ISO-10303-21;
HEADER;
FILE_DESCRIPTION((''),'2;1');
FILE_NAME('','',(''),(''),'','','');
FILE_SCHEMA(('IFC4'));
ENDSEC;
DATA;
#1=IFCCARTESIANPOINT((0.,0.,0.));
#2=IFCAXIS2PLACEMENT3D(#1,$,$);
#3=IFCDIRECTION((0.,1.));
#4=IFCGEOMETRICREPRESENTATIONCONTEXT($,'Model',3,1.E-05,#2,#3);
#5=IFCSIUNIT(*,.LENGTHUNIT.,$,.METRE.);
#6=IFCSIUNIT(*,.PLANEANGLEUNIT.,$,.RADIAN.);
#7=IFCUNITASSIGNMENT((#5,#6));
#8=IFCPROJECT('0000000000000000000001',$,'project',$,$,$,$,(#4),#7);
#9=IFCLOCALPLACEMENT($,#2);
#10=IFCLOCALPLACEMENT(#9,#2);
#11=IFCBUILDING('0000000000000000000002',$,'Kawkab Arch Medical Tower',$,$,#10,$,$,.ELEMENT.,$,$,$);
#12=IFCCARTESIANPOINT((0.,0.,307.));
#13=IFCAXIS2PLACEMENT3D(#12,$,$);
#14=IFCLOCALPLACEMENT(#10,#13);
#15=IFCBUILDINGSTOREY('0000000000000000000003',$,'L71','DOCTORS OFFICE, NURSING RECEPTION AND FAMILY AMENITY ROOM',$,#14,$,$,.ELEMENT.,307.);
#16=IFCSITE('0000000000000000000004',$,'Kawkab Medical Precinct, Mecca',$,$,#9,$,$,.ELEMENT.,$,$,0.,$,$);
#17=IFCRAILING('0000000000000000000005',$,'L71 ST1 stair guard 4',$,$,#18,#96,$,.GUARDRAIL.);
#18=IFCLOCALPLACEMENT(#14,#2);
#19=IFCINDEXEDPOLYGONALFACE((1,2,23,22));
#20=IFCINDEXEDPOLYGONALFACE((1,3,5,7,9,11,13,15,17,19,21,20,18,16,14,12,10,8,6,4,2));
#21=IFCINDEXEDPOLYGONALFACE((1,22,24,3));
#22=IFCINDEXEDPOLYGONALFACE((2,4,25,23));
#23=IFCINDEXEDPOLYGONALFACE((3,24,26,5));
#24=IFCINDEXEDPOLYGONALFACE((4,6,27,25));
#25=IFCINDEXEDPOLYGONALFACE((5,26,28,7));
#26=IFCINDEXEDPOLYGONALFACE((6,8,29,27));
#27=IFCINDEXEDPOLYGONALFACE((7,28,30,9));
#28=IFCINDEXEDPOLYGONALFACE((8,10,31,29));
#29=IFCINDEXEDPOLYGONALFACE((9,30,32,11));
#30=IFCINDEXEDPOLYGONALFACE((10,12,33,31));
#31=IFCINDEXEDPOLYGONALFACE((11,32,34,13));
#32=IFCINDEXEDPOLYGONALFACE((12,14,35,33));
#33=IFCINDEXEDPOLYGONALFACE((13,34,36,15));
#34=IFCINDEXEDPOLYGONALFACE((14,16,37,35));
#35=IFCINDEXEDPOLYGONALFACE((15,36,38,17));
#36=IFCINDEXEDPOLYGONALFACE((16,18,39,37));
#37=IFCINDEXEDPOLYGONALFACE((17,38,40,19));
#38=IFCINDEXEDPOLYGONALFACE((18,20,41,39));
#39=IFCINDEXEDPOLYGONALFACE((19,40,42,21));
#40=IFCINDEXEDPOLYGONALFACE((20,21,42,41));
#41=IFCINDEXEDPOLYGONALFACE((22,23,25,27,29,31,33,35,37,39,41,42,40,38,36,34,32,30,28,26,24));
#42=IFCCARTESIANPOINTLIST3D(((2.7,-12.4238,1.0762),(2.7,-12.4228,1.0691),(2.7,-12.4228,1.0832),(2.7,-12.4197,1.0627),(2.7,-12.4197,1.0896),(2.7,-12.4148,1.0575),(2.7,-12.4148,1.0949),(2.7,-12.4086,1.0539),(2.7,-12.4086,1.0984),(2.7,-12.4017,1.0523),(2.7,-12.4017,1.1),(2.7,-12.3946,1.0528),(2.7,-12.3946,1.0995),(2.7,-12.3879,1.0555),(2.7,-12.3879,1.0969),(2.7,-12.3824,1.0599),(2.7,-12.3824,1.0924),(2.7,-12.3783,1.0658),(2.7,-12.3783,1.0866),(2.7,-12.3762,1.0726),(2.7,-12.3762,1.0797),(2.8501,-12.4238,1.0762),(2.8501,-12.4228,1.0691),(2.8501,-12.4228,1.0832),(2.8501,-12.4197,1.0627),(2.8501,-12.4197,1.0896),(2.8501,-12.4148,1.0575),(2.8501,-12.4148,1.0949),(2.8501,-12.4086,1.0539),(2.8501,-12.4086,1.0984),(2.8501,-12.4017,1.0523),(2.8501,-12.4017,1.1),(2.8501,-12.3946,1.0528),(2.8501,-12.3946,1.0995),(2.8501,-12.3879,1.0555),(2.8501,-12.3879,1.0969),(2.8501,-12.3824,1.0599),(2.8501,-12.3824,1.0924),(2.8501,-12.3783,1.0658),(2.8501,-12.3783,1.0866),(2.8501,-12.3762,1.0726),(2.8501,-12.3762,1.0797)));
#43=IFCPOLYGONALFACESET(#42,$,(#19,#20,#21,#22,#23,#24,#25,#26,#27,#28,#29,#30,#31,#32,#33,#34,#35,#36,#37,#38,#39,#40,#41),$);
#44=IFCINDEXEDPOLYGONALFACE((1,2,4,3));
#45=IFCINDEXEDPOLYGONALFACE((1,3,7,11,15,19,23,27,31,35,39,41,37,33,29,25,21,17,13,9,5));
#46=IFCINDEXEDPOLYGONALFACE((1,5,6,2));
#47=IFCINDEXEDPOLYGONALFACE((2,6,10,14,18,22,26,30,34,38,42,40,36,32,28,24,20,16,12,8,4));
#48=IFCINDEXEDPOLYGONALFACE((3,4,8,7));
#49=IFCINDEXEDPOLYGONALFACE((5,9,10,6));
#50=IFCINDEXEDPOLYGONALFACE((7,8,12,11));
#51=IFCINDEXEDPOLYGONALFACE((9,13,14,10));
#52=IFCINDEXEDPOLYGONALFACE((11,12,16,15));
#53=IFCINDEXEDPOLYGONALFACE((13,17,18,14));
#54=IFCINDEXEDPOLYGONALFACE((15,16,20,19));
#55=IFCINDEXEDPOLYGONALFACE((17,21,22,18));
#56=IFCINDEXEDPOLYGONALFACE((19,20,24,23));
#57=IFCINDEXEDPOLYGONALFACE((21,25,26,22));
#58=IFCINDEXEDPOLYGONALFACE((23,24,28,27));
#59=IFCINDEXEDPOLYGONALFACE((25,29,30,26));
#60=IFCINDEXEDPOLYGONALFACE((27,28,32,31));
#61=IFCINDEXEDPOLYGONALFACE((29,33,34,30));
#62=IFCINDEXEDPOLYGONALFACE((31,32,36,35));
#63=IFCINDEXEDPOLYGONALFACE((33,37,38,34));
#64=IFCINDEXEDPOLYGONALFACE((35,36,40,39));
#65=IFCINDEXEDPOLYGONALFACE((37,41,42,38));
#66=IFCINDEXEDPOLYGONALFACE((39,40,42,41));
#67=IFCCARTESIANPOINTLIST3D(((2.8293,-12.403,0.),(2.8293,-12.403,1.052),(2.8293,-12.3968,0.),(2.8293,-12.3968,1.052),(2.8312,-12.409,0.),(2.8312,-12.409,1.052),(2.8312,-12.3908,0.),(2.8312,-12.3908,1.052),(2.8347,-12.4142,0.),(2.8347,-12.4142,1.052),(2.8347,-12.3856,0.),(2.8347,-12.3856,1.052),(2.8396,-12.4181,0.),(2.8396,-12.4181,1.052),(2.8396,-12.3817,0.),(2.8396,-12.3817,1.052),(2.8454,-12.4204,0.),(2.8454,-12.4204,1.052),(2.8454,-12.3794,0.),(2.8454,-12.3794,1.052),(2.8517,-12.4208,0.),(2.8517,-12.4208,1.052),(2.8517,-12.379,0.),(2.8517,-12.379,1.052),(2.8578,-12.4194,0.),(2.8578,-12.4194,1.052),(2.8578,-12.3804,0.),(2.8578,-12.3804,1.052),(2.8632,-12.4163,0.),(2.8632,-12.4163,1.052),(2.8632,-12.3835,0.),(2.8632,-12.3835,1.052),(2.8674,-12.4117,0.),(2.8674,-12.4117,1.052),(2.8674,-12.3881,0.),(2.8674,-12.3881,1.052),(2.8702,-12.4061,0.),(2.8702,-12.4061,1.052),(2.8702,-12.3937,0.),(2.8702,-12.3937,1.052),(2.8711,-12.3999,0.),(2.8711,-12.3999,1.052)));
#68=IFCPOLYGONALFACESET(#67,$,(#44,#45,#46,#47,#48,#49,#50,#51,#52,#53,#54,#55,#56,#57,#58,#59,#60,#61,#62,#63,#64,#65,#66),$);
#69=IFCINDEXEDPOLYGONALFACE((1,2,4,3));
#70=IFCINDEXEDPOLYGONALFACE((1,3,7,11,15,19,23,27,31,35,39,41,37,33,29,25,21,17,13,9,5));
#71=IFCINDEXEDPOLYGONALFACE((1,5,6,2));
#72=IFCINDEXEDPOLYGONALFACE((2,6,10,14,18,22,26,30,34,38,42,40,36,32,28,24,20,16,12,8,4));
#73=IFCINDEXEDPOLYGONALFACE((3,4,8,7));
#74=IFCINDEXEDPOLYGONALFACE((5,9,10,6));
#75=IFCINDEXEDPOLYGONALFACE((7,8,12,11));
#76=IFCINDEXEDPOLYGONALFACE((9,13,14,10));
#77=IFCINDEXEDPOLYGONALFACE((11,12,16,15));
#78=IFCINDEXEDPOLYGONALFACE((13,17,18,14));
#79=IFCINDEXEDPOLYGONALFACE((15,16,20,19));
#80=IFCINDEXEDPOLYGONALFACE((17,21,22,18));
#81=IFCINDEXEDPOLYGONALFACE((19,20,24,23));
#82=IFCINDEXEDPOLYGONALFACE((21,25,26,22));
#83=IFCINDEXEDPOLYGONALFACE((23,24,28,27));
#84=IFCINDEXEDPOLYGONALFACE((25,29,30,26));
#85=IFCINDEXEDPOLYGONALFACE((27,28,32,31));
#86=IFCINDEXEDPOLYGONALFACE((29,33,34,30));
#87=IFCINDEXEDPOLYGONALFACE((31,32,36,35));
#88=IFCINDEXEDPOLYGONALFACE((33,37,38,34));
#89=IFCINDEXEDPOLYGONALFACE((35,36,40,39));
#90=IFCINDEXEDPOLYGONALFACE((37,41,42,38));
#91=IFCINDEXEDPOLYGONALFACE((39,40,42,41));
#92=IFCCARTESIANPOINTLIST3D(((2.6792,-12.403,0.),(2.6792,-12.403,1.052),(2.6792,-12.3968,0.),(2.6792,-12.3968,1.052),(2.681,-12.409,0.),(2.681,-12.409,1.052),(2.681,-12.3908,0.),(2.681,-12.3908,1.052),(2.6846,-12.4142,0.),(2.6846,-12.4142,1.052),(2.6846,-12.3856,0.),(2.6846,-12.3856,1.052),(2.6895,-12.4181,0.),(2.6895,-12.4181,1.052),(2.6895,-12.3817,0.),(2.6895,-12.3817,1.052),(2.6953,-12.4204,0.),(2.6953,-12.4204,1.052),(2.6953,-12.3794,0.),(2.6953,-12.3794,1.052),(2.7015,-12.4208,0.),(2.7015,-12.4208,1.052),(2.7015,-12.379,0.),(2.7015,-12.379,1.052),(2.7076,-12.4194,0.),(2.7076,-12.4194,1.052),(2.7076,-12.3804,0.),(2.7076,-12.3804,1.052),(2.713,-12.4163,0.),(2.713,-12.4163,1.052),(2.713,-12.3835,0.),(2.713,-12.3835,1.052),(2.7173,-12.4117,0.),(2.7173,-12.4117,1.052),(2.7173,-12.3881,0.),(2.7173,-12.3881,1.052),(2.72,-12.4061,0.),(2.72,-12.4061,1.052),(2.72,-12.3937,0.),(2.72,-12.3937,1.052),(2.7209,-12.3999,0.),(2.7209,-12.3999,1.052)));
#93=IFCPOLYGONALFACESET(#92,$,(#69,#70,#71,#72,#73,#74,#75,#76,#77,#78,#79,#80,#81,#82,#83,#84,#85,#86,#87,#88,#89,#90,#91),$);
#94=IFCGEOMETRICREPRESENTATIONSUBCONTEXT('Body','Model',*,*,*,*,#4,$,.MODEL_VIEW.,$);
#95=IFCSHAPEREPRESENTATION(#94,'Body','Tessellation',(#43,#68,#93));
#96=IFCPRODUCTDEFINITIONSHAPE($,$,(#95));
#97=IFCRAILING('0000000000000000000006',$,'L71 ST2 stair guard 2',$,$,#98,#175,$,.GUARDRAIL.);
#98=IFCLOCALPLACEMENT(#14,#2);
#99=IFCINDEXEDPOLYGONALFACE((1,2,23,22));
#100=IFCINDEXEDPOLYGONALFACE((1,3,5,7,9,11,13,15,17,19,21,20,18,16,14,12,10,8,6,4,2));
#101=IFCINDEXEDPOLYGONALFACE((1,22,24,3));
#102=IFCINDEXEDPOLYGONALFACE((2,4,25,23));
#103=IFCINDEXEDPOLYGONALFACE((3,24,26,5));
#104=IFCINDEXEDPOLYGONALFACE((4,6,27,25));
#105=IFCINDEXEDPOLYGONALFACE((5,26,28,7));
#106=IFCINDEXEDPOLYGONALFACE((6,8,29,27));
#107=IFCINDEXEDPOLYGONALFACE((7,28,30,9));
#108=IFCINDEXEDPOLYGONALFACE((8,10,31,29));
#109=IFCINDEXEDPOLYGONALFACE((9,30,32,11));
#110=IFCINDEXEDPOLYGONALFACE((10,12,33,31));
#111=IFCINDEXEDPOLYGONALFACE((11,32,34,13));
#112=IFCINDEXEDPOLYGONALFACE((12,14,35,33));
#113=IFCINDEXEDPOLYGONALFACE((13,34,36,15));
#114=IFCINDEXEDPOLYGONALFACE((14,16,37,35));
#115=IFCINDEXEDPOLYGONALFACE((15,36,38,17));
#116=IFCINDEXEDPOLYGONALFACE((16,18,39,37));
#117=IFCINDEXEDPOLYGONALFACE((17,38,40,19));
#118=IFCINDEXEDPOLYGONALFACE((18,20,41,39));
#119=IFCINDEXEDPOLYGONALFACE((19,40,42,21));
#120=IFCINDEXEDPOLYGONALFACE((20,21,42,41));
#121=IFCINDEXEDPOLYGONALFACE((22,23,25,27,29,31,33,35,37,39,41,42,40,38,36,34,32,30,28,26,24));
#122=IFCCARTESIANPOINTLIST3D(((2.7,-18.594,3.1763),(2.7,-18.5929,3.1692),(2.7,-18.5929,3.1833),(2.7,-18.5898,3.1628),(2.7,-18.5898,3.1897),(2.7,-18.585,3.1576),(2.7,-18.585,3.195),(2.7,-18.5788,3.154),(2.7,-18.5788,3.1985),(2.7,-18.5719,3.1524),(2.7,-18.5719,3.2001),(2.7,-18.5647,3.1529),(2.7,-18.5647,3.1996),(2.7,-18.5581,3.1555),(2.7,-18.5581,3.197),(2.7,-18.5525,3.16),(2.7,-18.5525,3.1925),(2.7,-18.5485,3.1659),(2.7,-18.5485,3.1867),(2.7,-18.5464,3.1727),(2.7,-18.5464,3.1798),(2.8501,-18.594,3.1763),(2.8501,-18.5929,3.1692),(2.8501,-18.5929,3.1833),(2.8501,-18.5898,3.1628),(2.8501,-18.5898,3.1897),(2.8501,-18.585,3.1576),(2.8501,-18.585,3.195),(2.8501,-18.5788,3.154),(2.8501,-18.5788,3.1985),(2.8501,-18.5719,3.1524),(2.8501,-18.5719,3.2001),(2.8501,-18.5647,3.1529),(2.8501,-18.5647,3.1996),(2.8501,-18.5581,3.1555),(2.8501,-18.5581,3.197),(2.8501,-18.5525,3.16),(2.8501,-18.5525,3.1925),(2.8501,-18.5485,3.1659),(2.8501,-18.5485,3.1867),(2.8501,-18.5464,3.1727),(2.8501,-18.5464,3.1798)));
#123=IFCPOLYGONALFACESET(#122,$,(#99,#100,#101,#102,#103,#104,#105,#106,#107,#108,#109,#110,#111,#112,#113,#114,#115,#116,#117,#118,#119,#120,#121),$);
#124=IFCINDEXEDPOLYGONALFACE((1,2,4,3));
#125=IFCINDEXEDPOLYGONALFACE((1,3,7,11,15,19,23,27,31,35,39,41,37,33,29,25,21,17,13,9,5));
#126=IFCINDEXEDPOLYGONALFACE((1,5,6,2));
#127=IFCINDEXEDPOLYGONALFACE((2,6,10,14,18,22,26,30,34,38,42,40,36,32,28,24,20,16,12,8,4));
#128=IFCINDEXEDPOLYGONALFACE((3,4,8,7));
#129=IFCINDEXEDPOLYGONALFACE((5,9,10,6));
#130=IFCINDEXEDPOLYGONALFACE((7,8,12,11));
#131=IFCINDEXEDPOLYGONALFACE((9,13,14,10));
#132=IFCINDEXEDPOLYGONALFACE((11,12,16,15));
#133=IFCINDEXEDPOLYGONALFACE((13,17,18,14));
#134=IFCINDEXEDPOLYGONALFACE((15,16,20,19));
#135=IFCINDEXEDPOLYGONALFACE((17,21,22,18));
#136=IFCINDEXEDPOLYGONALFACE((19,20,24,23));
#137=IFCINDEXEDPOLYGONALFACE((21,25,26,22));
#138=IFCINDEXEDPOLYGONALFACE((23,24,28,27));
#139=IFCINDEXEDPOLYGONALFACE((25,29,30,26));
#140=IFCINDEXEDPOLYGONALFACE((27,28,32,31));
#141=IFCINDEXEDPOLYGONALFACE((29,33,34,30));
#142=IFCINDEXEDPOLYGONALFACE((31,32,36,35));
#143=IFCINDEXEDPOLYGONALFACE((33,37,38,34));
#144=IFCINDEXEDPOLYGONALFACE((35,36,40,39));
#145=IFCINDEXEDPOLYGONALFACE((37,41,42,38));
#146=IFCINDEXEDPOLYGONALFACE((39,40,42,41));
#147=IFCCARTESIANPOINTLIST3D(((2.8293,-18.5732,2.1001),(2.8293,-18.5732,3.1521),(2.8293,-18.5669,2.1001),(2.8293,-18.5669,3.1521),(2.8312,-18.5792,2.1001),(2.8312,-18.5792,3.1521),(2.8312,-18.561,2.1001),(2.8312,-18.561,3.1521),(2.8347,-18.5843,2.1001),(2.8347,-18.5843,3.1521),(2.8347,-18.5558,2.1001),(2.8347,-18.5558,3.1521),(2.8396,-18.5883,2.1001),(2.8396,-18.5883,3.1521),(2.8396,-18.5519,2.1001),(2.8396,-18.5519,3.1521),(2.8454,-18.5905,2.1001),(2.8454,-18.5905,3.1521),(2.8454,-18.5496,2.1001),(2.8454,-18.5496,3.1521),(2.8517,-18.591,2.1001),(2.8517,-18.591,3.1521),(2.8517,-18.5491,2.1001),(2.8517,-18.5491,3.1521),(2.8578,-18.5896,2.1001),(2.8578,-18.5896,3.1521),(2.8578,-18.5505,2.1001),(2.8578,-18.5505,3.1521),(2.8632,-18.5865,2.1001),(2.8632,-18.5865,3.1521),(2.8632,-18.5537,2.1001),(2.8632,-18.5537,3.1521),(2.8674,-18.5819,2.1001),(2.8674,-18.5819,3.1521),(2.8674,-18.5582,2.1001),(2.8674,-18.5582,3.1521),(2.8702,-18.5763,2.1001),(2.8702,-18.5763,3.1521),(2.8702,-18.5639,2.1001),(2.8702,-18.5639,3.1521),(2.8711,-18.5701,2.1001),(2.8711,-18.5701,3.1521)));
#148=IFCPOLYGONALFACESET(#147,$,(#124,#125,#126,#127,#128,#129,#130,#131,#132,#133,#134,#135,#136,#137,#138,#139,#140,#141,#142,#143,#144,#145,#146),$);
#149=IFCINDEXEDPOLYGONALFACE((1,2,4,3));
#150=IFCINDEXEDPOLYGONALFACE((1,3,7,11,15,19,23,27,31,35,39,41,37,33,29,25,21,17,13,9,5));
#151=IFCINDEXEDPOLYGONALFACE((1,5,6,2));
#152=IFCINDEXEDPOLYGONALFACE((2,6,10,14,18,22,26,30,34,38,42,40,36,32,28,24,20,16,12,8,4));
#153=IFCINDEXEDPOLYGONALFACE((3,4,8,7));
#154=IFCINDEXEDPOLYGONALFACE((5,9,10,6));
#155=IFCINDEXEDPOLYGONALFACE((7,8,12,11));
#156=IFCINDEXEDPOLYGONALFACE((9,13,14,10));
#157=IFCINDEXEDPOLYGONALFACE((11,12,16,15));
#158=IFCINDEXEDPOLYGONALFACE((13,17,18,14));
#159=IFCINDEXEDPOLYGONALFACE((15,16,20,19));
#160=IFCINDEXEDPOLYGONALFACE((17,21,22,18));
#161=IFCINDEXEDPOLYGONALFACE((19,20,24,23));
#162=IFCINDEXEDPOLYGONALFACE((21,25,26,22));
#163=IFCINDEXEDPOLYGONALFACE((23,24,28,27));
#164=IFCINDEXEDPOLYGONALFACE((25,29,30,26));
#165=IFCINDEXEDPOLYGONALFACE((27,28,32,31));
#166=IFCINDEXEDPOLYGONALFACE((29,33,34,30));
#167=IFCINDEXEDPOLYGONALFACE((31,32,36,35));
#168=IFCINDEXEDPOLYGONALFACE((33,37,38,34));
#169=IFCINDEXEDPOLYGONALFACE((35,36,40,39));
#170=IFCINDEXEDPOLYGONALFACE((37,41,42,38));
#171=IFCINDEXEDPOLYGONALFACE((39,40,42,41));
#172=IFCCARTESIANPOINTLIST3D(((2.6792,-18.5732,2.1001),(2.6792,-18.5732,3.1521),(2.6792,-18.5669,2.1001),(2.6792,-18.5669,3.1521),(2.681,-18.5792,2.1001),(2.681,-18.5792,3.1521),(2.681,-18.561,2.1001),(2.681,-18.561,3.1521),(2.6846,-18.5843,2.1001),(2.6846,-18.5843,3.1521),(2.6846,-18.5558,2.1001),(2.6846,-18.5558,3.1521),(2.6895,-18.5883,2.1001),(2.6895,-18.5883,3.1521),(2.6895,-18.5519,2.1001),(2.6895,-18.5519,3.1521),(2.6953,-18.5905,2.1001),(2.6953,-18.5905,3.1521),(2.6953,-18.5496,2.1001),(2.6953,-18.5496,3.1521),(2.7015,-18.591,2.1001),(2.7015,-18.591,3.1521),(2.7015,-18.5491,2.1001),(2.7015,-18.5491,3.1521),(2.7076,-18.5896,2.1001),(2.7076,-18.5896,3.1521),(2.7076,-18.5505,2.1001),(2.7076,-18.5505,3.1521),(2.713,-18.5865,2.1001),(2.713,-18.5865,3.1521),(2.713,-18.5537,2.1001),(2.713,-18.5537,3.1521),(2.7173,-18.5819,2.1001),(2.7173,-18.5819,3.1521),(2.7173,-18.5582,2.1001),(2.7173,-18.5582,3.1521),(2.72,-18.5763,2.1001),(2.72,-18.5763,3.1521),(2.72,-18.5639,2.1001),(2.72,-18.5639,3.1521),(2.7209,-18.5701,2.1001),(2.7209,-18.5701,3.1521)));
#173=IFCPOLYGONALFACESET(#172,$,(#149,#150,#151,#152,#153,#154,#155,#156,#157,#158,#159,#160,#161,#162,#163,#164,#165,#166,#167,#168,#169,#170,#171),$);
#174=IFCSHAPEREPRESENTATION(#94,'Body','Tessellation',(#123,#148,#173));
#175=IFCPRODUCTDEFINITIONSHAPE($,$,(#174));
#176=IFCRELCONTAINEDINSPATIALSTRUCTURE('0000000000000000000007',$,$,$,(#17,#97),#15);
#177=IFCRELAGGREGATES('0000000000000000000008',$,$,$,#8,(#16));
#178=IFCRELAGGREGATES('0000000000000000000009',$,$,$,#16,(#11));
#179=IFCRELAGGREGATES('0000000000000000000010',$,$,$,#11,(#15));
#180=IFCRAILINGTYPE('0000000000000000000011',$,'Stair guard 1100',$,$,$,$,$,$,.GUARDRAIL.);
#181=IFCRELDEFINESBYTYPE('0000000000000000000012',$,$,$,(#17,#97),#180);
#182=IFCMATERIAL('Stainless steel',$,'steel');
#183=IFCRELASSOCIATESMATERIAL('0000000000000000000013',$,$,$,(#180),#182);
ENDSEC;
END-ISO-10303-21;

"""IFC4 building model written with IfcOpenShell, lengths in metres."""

from ifc_helpers import new_model, si_unit, direction, frame, origin, origin_2d, place, context, subcontext, project, spatial, circle, extrude, material, type_object, element, save


model = new_model("IFC4")

# Units and contexts
model_context = context("Model", 3, precision=1e-05, world=origin(), true_north=direction((0.0, 1.0)))
body_context = subcontext(model_context, "Body", "Model", "MODEL_VIEW")
ifc_project = project(units=[si_unit("LENGTHUNIT", "METRE"), si_unit("PLANEANGLEUNIT", "RADIAN")], contexts=[model_context])

# Site, building, storey
site_placement = place(None, origin())
site = spatial("IfcSite", under=ifc_project, at=site_placement, Name="Kawkab Medical Precinct, Mecca", CompositionType="ELEMENT", RefElevation=0.0)
building_placement = place(site_placement, origin())
building = spatial("IfcBuilding", under=site, at=building_placement, Name="Kawkab Arch Medical Tower", CompositionType="ELEMENT")
storey_placement = place(building_placement, frame((0.0, 0.0, 307.0)))
storey = spatial("IfcBuildingStorey", under=building, at=storey_placement, Name="L71", Description="DOCTORS OFFICE, NURSING RECEPTION AND FAMILY AMENITY ROOM", CompositionType="ELEMENT", Elevation=307.0)

# Railings
ifc_material_1 = material(Name="Stainless steel", Category="steel")
railing_type = type_object("IfcRailingType", Name="Stair guard 1100", PredefinedType="GUARDRAIL", material=ifc_material_1)
for number, where, name in (
    (1, (2.8501, -12.3999, 0.0), "L71 ST1 stair guard 4"),
    (2, (2.8501, -18.5701, 2.1001), "L71 ST2 stair guard 2"),
):
    element("IfcRailing", number, at=place(storey_placement, frame(where)), inside=storey, type_object=railing_type, Name=name, PredefinedType="GUARDRAIL", context=body_context, shape_type="SweptSolid", body=[
        extrude(circle(Radius=0.0239, at=origin_2d()), frame((0.0, 0.0, 1.0762), z_axis=(-1.0, 0.0, 0.0), x_axis=(0.0, -1.0, 0.0)), (0.0, 0.0, 1.0), 0.1501),
        extrude(circle(Radius=0.021, at=origin_2d()), origin(), (0.0, 0.0, 1.0), 1.052),
        extrude(circle(Radius=0.021, at=origin_2d()), frame((-0.1501, 0.0, 0.0)), (0.0, 0.0, 1.0), 1.052),
    ])

save(model, "model.ifc")
